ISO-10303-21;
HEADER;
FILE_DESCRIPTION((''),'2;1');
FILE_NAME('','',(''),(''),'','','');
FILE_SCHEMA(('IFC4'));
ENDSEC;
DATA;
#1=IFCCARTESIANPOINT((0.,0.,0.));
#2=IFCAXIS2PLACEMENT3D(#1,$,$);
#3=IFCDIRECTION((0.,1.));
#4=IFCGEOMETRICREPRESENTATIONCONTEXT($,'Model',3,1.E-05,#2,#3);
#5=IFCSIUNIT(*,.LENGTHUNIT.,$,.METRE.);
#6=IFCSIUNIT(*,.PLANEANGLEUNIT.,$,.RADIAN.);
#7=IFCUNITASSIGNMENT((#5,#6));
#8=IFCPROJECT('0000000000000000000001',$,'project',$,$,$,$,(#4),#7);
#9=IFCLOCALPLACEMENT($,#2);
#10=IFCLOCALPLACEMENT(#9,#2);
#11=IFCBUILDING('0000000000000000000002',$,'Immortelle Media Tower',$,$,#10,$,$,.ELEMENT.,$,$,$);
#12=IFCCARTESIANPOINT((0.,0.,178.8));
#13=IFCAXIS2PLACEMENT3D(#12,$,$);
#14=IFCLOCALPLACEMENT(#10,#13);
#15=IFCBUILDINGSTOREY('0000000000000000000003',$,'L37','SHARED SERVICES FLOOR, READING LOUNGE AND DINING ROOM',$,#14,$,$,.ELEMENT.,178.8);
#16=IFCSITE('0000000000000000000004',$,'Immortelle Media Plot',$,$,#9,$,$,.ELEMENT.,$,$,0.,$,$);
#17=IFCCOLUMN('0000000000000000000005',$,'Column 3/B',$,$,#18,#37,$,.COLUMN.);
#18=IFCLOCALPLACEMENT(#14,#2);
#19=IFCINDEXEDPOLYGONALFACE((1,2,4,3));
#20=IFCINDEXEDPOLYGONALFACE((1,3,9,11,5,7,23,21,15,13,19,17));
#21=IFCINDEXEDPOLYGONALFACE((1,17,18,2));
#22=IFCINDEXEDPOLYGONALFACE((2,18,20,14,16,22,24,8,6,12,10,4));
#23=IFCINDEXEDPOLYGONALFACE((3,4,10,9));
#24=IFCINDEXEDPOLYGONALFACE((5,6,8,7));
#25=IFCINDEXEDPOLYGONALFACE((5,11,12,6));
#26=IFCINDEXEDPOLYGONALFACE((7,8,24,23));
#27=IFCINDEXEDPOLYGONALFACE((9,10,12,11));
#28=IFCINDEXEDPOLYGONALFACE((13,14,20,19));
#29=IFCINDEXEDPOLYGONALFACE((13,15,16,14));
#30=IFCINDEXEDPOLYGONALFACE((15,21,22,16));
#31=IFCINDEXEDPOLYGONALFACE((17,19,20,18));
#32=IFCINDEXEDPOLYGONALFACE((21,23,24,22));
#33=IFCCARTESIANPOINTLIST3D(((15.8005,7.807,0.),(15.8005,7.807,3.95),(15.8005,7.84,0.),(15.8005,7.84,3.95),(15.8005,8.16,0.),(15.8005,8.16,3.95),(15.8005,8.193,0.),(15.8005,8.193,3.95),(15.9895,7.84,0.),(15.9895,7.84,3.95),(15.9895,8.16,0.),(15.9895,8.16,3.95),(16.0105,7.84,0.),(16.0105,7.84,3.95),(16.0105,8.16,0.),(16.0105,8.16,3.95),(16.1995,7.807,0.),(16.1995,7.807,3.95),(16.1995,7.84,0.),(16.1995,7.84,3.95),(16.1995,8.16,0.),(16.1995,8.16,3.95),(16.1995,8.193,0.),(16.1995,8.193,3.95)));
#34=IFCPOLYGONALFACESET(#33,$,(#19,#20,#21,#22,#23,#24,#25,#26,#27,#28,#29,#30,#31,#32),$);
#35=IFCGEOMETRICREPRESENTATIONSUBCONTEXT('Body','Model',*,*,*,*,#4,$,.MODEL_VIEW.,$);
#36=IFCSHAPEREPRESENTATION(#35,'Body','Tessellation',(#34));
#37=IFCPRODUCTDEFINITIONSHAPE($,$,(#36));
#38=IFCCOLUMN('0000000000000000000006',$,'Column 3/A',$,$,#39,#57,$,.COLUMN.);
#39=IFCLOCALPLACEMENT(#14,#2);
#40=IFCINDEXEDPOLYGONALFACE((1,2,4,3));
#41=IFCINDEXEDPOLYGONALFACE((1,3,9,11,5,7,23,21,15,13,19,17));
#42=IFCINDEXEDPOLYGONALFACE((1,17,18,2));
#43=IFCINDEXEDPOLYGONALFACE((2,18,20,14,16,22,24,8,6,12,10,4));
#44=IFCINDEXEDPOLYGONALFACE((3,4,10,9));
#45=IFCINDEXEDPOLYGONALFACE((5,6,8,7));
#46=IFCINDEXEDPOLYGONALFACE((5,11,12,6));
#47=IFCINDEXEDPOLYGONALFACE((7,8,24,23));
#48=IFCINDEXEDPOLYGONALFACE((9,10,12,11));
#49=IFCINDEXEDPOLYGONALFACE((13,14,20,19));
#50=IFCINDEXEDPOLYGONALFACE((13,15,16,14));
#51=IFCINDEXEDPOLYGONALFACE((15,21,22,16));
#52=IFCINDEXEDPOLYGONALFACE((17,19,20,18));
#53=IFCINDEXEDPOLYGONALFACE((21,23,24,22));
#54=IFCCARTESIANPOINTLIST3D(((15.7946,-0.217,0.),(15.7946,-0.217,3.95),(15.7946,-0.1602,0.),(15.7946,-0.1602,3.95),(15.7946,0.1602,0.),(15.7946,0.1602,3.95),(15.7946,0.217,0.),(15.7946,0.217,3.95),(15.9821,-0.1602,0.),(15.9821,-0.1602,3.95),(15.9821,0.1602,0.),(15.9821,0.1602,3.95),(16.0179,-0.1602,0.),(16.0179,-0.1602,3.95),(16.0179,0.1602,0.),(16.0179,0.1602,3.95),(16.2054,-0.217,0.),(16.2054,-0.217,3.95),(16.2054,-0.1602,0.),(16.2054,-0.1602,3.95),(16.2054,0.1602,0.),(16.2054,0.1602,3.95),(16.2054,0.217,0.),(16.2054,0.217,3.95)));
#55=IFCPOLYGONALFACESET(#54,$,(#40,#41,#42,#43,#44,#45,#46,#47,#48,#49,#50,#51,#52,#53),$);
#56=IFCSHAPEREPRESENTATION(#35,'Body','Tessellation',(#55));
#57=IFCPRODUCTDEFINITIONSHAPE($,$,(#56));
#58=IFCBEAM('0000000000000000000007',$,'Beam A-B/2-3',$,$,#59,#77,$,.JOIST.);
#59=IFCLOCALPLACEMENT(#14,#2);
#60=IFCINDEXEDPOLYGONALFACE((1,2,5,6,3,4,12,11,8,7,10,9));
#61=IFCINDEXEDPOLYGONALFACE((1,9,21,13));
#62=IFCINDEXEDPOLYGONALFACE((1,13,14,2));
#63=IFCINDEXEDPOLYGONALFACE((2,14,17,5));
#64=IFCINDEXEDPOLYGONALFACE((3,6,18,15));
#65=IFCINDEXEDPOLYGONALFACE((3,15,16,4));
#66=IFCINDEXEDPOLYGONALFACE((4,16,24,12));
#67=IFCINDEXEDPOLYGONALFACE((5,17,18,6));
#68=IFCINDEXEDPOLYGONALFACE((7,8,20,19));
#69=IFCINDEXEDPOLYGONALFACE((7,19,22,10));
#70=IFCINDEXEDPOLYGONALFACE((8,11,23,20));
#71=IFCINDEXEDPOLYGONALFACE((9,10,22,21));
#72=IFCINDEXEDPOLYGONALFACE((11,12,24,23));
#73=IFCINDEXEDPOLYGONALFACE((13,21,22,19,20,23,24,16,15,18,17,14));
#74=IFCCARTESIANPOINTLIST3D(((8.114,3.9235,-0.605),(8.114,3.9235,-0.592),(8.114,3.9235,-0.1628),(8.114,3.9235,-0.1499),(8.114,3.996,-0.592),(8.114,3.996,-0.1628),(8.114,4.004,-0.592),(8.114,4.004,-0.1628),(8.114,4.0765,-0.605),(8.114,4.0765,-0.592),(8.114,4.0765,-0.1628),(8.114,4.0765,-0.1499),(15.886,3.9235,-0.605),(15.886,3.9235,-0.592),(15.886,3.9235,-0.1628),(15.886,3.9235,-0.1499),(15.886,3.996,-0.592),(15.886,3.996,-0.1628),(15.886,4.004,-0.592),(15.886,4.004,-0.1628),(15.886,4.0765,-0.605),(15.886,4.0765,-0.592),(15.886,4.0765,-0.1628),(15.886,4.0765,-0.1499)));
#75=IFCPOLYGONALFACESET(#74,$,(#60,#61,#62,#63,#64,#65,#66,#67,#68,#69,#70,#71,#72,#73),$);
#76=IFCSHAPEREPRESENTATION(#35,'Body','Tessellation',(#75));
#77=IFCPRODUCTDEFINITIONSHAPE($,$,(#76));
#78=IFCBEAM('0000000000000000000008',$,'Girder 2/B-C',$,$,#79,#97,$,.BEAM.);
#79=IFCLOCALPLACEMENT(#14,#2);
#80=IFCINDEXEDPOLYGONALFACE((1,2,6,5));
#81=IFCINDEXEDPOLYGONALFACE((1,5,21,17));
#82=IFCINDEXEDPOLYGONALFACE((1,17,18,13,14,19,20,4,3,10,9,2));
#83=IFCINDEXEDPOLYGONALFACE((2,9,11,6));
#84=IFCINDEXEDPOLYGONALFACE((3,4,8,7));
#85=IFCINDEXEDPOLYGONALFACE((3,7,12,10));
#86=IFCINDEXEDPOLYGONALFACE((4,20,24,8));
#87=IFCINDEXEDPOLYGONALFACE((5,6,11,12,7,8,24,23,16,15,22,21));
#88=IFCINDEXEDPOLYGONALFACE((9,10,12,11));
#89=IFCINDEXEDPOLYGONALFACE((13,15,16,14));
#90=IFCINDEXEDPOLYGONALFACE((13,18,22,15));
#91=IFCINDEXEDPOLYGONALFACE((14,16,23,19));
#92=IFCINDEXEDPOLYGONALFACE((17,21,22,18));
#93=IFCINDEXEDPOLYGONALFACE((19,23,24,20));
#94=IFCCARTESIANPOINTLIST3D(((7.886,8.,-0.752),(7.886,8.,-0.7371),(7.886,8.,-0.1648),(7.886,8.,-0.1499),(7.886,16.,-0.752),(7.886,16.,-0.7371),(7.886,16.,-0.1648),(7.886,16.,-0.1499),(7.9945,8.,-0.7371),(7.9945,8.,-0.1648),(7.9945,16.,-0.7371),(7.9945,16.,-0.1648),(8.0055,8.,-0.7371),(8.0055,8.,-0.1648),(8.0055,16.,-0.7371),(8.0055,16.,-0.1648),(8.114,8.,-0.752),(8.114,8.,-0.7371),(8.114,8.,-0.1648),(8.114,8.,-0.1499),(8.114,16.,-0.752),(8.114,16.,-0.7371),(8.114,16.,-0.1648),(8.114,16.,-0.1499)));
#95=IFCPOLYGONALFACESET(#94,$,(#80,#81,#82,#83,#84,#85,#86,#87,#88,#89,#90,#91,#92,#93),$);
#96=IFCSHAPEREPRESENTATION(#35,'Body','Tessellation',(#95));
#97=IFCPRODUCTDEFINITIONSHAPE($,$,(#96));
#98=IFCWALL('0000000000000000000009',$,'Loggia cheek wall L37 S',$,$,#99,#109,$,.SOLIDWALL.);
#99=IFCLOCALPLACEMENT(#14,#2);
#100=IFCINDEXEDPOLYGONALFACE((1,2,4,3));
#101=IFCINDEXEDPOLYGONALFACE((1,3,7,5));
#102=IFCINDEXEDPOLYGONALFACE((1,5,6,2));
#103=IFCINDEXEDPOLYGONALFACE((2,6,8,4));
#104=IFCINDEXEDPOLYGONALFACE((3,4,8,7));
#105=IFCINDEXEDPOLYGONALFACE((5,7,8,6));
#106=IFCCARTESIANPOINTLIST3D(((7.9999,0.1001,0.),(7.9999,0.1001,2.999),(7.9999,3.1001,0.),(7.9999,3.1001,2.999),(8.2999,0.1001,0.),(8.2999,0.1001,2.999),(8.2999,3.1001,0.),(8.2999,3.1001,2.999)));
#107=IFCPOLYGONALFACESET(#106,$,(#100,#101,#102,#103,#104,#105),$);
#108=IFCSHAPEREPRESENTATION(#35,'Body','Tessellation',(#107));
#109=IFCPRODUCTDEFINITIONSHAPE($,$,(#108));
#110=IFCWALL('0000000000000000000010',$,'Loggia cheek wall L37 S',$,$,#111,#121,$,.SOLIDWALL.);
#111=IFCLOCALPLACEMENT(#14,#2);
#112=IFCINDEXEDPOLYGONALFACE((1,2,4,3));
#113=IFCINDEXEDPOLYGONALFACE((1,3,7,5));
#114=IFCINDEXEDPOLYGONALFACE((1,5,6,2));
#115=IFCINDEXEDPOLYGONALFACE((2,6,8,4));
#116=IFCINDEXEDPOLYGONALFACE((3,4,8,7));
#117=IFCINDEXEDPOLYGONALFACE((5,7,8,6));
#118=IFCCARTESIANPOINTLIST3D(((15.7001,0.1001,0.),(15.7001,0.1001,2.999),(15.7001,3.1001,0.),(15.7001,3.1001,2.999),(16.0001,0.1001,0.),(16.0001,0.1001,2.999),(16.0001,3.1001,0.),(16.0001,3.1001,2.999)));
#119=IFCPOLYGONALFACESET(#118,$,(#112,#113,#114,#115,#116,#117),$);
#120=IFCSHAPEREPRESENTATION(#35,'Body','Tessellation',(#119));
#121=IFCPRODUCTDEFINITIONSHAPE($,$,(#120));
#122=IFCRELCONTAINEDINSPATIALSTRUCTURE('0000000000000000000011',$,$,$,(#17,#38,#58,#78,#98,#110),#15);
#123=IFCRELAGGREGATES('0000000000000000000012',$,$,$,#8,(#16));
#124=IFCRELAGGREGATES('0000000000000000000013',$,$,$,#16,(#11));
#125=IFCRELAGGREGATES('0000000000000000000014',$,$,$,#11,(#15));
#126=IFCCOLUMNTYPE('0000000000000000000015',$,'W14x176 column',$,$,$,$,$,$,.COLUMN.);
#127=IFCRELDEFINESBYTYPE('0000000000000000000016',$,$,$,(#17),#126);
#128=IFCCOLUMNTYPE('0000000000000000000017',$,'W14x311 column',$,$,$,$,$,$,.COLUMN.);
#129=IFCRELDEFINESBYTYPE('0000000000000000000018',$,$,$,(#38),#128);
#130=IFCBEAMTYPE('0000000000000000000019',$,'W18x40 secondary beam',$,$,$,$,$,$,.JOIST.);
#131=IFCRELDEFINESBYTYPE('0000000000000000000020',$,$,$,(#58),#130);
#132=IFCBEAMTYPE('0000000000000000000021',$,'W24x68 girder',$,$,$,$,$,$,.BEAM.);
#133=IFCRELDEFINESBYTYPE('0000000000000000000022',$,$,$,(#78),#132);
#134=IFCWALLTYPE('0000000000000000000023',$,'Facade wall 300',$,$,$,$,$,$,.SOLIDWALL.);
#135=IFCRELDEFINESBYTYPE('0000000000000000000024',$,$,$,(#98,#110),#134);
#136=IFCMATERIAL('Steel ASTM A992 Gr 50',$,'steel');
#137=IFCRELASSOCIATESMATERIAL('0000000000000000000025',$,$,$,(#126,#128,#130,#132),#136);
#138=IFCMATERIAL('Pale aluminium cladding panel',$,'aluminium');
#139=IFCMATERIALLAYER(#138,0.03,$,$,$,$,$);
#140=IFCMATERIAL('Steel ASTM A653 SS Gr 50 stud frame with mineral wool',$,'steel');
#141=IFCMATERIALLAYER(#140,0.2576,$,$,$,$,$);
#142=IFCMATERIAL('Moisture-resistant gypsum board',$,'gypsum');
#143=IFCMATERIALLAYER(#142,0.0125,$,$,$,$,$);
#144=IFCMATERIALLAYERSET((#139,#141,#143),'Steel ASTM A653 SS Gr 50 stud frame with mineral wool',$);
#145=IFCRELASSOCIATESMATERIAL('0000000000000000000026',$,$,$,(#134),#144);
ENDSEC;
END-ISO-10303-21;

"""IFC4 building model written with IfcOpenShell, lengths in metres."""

from ifc_helpers import new_model, si_unit, direction, frame, frame_2d, origin, origin_2d, place, context, subcontext, project, spatial, rectangle, i_section, extrude, material, layer, layer_set, material_profile, profile_set, type_object, element, save


model = new_model("IFC4")

# Units and contexts
model_context = context("Model", 3, precision=1e-05, world=origin(), true_north=direction((0.0, 1.0)))
body_context = subcontext(model_context, "Body", "Model", "MODEL_VIEW")
ifc_project = project(units=[si_unit("LENGTHUNIT", "METRE"), si_unit("PLANEANGLEUNIT", "RADIAN")], contexts=[model_context])

# Site, building, storey
site_placement = place(None, origin())
site = spatial("IfcSite", under=ifc_project, at=site_placement, Name="Immortelle Media Plot", CompositionType="ELEMENT", RefElevation=0.0)
building_placement = place(site_placement, origin())
building = spatial("IfcBuilding", under=site, at=building_placement, Name="Immortelle Media Tower", CompositionType="ELEMENT")
storey_placement = place(building_placement, frame((0.0, 0.0, 178.8)))
storey = spatial("IfcBuildingStorey", under=building, at=storey_placement, Name="L37", Description="SHARED SERVICES FLOOR, READING LOUNGE AND DINING ROOM", CompositionType="ELEMENT", Elevation=178.8)

# Columns
ifc_material_1 = material(Name="Steel ASTM A992 Gr 50", Category="steel")
ifc_material_profile_1 = material_profile(ifc_material_1, i_section(OverallWidth=0.3989, OverallDepth=0.386, WebThickness=0.021, FlangeThickness=0.033, at=origin_2d()), Name="W14x176")
ifc_profile_set_1 = profile_set([ifc_material_profile_1], Name="Steel ASTM A992 Gr 50")
column_type_1 = type_object("IfcColumnType", Name="W14x176 column", PredefinedType="COLUMN", material=ifc_profile_set_1)
column_1_placement = place(storey_placement, frame((16.0, 8.0, 0.0), z_axis=(0.0, 0.0, 1.0), x_axis=(1.0, 0.0, 0.0)))
element("IfcColumn", 1, at=column_1_placement, inside=storey, type_object=column_type_1, Name="Column 3/B", PredefinedType="COLUMN", context=body_context, shape_type="SweptSolid", body=[
    extrude(i_section(OverallWidth=0.3989, OverallDepth=0.386, WebThickness=0.021, FlangeThickness=0.033, at=origin_2d()), origin(), (0.0, 0.0, 1.0), 3.95),
])
ifc_material_profile_2 = material_profile(ifc_material_1, i_section(OverallWidth=0.4109, OverallDepth=0.4341, WebThickness=0.0359, FlangeThickness=0.0569, at=origin_2d()), Name="W14x311")
ifc_profile_set_2 = profile_set([ifc_material_profile_2], Name="Steel ASTM A992 Gr 50")
column_type_2 = type_object("IfcColumnType", Name="W14x311 column", PredefinedType="COLUMN", material=ifc_profile_set_2)
column_2_placement = place(storey_placement, frame((16.0, 0.0, 0.0), z_axis=(0.0, 0.0, 1.0), x_axis=(1.0, 0.0, 0.0)))
element("IfcColumn", 2, at=column_2_placement, inside=storey, type_object=column_type_2, Name="Column 3/A", PredefinedType="COLUMN", context=body_context, shape_type="SweptSolid", body=[
    extrude(i_section(OverallWidth=0.4109, OverallDepth=0.4341, WebThickness=0.0359, FlangeThickness=0.0569, at=origin_2d()), origin(), (0.0, 0.0, 1.0), 3.95),
])

# Beams
ifc_material_profile_3 = material_profile(ifc_material_1, i_section(OverallWidth=0.1531, OverallDepth=0.4551, WebThickness=0.0081, FlangeThickness=0.0129, at=origin_2d()), Name="W18x40")
ifc_profile_set_3 = profile_set([ifc_material_profile_3], Name="Steel ASTM A992 Gr 50")
beam_type_1 = type_object("IfcBeamType", Name="W18x40 secondary beam", PredefinedType="JOIST", material=ifc_profile_set_3)
beam_1_placement = place(storey_placement, frame((8.114, 4.0, -0.3774), z_axis=(1.0, 0.0, 0.0), x_axis=(0.0, 1.0, 0.0)))
element("IfcBeam", 3, at=beam_1_placement, inside=storey, type_object=beam_type_1, Name="Beam A-B/2-3", PredefinedType="JOIST", context=body_context, shape_type="SweptSolid", body=[
    extrude(i_section(OverallWidth=0.1531, OverallDepth=0.4551, WebThickness=0.0081, FlangeThickness=0.0129, at=origin_2d()), origin(), (0.0, 0.0, 1.0), 7.772),
])
ifc_material_profile_4 = material_profile(ifc_material_1, i_section(OverallWidth=0.228, OverallDepth=0.6021, WebThickness=0.011, FlangeThickness=0.0149, at=origin_2d()), Name="W24x68")
ifc_profile_set_4 = profile_set([ifc_material_profile_4], Name="Steel ASTM A992 Gr 50")
beam_type_2 = type_object("IfcBeamType", Name="W24x68 girder", PredefinedType="BEAM", material=ifc_profile_set_4)
beam_2_placement = place(storey_placement, frame((8.0, 8.0, -0.4509), z_axis=(0.0, 1.0, 0.0), x_axis=(-1.0, 0.0, 0.0)))
element("IfcBeam", 4, at=beam_2_placement, inside=storey, type_object=beam_type_2, Name="Girder 2/B-C", PredefinedType="BEAM", context=body_context, shape_type="SweptSolid", body=[
    extrude(i_section(OverallWidth=0.228, OverallDepth=0.6021, WebThickness=0.011, FlangeThickness=0.0149, at=origin_2d()), origin(), (0.0, 0.0, 1.0), 8.0),
])

# Shared definitions
ifc_material_2 = material(Name="Pale aluminium cladding panel", Category="aluminium")
ifc_layer_1 = layer(ifc_material_2, 0.03)
ifc_material_3 = material(Name="Steel ASTM A653 SS Gr 50 stud frame with mineral wool", Category="steel")
ifc_layer_2 = layer(ifc_material_3, 0.2576)
ifc_material_4 = material(Name="Moisture-resistant gypsum board", Category="gypsum")
ifc_layer_3 = layer(ifc_material_4, 0.0125)
ifc_layer_set_1 = layer_set([ifc_layer_1, ifc_layer_2, ifc_layer_3], Name="Steel ASTM A653 SS Gr 50 stud frame with mineral wool")
wall_type_1 = type_object("IfcWallType", Name="Facade wall 300", PredefinedType="SOLIDWALL", material=ifc_layer_set_1)

# Walls
for number, where, z_axis, x_axis, name in (
    (5, (8.1499, 0.1001, 0.0), (0.0, 0.0, 1.0), (0.0, 1.0, 0.0), "Loggia cheek wall L37 S"),
    (6, (15.8501, 0.1001, 0.0), (0.0, 0.0, 1.0), (0.0, 1.0, 0.0), "Loggia cheek wall L37 S"),
):
    element("IfcWall", number, at=place(storey_placement, frame(where, z_axis=z_axis, x_axis=x_axis)), inside=storey, type_object=wall_type_1, Name=name, PredefinedType="SOLIDWALL", context=body_context, shape_type="SweptSolid", body=[
        extrude(rectangle(XDim=3.0, YDim=0.3, at=frame_2d((1.5, 0.0))), origin(), (0.0, 0.0, 1.0), 2.999),
    ])

save(model, "model.ifc")
